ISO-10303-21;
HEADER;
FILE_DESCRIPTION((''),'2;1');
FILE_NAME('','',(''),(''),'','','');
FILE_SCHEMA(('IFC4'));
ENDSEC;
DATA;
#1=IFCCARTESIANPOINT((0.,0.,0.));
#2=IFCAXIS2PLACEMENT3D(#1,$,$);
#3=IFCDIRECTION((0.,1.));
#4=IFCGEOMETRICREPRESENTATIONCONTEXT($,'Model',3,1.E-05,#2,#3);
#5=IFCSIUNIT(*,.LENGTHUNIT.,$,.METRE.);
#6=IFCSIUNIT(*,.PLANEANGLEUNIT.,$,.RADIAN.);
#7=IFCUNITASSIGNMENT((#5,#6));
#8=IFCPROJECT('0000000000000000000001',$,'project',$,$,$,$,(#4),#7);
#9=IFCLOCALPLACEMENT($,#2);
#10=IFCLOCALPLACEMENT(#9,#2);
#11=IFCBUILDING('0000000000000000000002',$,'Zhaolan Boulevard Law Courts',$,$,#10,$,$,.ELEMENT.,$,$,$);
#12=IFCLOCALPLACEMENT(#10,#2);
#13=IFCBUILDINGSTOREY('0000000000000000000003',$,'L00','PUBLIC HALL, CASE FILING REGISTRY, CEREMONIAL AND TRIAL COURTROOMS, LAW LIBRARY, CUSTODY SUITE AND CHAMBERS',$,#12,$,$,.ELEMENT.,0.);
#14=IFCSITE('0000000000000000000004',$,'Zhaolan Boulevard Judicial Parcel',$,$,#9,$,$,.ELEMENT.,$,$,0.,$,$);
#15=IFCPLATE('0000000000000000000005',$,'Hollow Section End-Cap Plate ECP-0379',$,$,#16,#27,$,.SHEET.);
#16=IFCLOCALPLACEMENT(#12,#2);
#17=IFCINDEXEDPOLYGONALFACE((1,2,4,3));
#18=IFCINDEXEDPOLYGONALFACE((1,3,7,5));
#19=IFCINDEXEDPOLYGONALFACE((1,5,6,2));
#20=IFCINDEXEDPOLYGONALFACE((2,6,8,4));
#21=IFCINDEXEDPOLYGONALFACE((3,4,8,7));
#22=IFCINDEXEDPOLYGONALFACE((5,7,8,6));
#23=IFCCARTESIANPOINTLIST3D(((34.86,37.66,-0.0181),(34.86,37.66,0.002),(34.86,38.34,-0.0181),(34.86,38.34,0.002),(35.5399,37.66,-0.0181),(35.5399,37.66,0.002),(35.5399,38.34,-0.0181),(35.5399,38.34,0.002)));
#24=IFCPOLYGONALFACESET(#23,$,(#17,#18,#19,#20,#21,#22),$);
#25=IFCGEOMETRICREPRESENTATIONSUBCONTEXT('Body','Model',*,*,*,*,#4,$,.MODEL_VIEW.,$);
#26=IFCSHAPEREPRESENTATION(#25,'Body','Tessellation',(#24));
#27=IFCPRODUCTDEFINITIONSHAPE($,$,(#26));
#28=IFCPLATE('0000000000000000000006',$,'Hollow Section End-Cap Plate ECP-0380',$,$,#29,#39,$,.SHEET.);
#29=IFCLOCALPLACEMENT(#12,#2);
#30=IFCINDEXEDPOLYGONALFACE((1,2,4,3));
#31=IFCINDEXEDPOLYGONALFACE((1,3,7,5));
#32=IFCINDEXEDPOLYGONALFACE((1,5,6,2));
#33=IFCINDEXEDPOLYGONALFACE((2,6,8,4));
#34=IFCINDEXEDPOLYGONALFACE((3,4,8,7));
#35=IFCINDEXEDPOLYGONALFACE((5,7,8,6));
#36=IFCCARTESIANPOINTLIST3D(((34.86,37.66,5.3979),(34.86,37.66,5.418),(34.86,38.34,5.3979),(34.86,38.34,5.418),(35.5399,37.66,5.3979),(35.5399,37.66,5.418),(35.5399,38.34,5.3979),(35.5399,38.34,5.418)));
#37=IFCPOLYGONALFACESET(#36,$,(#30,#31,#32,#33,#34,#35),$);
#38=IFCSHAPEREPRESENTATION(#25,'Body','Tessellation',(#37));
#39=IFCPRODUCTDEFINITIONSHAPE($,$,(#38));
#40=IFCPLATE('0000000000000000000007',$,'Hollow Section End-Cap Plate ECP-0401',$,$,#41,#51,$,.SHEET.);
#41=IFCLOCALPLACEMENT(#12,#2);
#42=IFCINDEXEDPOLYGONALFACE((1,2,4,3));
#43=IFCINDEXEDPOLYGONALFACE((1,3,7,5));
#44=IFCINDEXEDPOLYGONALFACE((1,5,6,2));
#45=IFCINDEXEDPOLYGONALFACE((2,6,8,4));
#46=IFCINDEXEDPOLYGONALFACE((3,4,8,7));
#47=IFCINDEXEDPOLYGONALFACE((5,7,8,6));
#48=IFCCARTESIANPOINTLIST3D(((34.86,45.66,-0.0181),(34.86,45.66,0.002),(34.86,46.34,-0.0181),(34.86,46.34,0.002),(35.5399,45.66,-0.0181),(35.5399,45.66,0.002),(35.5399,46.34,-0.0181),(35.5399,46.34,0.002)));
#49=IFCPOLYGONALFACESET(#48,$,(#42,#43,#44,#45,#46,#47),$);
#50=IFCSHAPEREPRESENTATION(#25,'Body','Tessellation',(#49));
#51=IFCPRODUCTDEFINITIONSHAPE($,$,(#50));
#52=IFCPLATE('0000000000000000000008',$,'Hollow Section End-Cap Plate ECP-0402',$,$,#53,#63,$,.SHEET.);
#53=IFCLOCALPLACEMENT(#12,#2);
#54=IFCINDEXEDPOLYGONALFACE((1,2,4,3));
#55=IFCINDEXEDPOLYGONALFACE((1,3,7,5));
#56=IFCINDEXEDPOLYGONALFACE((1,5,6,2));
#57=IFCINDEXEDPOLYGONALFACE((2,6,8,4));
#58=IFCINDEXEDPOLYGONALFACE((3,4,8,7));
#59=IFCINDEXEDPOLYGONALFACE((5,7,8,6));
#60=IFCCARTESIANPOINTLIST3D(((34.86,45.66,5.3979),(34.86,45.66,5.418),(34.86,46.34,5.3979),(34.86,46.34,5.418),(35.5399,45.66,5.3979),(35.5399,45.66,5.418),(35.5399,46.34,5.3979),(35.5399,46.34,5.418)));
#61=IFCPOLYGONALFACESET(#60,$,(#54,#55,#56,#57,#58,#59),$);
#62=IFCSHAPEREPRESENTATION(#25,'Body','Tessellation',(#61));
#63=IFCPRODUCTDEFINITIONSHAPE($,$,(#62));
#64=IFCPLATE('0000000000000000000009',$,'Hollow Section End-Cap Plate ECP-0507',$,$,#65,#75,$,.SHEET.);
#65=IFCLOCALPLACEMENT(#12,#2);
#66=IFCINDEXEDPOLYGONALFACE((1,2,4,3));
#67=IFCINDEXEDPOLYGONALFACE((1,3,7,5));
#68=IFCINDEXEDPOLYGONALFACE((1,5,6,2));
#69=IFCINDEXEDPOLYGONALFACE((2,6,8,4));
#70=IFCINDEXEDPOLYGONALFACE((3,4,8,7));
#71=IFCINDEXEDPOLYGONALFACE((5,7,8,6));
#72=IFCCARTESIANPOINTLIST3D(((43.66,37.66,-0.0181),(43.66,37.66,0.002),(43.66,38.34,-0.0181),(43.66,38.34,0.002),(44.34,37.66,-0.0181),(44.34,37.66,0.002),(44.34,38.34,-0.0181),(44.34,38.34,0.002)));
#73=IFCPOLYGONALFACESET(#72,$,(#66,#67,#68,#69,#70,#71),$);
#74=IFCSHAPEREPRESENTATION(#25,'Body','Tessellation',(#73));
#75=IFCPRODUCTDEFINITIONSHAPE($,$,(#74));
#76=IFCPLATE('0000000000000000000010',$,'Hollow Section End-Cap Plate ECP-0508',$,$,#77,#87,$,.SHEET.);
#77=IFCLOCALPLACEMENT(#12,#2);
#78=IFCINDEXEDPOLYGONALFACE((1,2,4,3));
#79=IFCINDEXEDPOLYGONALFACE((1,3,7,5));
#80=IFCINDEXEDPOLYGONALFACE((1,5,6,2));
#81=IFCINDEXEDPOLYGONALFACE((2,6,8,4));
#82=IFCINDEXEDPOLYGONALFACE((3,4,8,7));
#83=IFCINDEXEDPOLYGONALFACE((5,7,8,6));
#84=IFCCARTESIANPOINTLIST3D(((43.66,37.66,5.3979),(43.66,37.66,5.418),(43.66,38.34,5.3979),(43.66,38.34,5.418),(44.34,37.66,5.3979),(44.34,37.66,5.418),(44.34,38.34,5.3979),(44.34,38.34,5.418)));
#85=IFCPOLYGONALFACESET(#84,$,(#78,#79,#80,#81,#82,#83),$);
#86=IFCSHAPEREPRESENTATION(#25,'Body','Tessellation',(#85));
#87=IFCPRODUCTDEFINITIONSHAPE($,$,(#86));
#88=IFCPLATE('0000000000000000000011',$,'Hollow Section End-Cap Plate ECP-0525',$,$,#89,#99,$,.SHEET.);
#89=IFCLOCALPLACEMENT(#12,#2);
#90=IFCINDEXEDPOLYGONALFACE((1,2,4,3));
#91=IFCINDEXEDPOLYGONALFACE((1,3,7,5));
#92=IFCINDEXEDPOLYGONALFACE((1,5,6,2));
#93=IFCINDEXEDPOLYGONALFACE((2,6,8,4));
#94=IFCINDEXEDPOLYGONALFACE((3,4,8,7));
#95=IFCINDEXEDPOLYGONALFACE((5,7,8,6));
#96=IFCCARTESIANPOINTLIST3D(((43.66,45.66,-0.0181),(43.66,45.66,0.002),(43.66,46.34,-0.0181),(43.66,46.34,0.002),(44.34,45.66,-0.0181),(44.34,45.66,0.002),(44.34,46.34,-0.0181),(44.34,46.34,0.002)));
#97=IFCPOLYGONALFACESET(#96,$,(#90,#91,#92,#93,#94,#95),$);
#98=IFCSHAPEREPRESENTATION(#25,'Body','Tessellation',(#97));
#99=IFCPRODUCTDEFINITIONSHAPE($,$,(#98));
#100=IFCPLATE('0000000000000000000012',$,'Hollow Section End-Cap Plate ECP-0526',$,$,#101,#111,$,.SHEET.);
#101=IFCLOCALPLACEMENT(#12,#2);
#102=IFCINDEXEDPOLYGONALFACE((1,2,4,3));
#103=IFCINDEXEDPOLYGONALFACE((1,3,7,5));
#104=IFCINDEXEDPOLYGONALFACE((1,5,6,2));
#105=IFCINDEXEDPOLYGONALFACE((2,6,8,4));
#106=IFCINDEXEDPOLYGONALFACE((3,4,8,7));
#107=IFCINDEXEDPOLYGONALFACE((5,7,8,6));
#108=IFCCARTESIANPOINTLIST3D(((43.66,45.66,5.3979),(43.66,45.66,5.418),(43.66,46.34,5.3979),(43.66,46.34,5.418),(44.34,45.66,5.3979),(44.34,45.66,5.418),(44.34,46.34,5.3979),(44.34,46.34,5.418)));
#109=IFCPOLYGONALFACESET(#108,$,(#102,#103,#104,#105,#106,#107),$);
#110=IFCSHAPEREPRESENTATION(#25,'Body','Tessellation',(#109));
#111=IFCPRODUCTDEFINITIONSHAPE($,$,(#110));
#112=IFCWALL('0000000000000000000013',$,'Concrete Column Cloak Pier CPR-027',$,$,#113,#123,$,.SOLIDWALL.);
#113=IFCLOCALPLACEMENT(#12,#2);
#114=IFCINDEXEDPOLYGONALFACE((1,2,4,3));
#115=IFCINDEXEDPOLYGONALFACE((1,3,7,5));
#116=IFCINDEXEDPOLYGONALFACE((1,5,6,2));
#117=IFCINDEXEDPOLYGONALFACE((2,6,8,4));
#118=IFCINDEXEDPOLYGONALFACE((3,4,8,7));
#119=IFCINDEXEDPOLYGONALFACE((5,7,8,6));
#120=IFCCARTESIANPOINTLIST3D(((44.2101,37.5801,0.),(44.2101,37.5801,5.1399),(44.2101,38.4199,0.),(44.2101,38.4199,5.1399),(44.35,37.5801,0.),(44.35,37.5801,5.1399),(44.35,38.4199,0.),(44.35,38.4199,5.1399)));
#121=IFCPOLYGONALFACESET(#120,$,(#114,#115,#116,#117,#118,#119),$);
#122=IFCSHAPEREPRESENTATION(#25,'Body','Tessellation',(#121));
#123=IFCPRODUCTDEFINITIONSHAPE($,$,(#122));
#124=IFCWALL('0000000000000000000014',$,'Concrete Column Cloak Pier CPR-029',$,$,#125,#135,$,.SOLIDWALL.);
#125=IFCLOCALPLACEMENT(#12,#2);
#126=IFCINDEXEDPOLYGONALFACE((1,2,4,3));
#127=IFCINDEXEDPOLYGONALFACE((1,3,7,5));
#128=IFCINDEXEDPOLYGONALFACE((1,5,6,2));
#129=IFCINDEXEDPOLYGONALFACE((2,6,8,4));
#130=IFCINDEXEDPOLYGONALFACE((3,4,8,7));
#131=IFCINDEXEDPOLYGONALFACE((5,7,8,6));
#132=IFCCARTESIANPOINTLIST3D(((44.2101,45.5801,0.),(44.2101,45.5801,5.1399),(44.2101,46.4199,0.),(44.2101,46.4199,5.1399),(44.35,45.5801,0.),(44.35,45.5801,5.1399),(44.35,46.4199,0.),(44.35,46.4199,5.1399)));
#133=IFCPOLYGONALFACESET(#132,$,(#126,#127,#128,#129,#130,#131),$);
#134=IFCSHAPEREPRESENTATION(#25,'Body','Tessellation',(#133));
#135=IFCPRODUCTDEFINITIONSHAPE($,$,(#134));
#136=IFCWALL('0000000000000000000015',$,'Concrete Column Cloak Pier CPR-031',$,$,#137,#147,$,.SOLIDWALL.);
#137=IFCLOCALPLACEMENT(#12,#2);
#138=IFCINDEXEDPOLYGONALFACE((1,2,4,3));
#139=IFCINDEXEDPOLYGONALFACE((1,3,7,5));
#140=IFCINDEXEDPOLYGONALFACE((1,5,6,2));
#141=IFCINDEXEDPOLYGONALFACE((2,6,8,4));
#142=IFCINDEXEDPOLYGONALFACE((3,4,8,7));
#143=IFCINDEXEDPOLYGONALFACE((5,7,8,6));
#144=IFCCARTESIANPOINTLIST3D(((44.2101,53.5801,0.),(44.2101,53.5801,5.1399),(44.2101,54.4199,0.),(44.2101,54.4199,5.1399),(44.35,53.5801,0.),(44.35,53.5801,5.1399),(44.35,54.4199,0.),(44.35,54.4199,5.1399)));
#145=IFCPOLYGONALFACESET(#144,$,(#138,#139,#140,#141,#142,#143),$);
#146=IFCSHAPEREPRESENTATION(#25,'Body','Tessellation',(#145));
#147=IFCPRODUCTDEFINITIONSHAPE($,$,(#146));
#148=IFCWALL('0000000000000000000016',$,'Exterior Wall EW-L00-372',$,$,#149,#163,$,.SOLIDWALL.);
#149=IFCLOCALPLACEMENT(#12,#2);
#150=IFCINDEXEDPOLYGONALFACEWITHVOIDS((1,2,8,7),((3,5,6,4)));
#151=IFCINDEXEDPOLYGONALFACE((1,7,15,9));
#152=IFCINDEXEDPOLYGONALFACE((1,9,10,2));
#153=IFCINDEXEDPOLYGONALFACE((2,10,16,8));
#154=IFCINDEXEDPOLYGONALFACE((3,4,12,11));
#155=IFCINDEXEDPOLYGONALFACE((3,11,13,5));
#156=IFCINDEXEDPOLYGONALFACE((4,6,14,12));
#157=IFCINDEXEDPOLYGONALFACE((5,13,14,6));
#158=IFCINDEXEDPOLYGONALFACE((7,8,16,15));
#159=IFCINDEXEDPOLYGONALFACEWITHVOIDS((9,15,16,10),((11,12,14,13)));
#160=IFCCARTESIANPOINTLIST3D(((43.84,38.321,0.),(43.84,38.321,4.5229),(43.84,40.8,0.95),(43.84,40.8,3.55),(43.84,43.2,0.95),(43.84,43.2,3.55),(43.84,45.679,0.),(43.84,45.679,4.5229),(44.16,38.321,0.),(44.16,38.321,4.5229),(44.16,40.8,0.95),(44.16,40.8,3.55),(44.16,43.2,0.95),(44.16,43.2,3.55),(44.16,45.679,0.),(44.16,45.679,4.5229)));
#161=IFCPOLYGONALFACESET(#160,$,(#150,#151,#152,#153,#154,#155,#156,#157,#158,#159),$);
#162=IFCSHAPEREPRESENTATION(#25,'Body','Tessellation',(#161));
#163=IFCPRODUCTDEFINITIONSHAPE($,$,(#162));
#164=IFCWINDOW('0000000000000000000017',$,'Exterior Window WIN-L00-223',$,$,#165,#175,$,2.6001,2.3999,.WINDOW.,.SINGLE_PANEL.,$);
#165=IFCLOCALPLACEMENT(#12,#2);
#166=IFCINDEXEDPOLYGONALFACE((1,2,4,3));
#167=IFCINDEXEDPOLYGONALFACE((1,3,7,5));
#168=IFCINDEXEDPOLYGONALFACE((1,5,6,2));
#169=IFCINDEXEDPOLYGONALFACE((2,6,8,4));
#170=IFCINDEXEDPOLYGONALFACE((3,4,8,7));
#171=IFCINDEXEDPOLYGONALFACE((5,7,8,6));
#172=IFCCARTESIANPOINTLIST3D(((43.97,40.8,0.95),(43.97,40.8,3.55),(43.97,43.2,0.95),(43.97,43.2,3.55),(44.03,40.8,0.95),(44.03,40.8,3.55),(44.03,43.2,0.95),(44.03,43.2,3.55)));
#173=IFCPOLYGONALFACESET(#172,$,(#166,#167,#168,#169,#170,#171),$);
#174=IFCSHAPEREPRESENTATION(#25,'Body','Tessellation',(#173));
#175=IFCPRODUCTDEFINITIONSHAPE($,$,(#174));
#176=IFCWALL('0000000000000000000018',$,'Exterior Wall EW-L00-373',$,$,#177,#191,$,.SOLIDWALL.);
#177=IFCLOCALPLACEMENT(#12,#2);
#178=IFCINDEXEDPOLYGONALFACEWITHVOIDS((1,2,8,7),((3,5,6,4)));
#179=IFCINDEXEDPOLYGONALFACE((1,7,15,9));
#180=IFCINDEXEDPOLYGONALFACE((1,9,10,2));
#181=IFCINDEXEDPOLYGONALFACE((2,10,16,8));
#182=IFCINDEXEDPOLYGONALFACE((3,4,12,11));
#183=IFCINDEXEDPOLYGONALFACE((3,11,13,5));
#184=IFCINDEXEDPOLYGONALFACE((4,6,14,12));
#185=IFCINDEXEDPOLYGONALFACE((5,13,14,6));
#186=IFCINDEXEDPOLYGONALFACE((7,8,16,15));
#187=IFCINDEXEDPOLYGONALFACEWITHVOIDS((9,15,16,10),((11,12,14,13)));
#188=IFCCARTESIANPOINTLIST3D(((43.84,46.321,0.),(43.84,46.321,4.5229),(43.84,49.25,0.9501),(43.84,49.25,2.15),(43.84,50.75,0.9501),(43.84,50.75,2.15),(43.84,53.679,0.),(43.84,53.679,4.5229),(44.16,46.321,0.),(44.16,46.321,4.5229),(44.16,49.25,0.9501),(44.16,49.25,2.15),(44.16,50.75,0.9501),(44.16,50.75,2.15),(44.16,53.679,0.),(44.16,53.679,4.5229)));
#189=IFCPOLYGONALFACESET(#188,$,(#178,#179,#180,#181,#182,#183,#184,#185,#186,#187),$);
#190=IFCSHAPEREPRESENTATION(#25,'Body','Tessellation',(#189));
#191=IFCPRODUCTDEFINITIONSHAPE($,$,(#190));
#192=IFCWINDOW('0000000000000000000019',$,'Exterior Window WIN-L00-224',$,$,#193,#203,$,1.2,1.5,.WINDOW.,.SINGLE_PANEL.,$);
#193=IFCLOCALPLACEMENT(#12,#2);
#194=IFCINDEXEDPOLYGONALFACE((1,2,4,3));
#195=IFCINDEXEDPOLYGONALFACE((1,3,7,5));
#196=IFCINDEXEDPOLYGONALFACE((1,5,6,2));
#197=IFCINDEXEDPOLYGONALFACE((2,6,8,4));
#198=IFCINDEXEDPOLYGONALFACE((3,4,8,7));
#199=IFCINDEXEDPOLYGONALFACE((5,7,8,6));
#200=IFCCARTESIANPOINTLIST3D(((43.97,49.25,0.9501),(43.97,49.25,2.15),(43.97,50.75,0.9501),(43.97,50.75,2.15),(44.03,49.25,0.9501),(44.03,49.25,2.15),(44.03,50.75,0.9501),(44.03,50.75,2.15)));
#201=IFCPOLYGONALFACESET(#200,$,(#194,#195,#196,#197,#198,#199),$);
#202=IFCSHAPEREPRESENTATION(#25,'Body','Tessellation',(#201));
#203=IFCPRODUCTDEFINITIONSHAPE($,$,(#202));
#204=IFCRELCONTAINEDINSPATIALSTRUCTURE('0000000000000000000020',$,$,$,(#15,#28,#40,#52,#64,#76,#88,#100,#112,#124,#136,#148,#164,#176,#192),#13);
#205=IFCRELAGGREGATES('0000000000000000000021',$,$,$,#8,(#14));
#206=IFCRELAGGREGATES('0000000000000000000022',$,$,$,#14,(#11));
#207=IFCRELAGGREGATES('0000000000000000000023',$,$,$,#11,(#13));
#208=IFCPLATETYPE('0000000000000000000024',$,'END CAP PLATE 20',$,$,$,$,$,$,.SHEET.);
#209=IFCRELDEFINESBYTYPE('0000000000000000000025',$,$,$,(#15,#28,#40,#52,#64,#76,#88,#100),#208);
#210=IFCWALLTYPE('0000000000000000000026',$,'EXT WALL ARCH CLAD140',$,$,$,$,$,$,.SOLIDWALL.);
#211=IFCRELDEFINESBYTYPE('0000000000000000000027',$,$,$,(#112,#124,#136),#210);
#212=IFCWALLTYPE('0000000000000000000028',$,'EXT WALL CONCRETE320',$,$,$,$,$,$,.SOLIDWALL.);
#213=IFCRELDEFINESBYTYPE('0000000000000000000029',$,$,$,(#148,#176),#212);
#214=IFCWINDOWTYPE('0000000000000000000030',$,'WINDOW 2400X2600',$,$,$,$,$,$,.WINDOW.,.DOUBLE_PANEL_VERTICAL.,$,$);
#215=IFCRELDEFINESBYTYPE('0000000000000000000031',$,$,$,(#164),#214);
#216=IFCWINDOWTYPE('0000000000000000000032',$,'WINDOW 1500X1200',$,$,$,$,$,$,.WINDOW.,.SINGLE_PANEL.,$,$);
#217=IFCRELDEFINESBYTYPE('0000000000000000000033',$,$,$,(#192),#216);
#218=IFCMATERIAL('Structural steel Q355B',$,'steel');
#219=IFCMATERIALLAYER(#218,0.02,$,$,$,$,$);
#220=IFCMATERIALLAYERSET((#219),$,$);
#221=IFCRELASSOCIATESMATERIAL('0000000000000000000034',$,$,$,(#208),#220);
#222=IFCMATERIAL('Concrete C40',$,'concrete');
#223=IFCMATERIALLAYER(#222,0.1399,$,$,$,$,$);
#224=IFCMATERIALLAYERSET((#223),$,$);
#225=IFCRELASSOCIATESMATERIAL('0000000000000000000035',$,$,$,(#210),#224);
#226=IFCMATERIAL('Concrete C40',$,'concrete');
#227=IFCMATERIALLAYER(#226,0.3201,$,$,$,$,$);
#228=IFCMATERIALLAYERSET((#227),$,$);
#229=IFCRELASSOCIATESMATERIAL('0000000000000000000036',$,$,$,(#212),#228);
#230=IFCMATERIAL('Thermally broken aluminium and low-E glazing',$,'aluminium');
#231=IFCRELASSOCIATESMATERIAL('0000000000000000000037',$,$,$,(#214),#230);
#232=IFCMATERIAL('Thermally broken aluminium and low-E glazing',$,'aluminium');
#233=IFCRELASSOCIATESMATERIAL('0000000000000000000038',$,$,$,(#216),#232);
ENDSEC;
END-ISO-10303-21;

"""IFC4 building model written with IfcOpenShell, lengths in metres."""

from ifc_helpers import new_model, si_unit, direction, frame, frame_2d, origin, origin_2d, place, context, subcontext, project, spatial, rectangle, extrude, material, layer, layer_set, type_object, element, fill, save


model = new_model("IFC4")

# Units and contexts
model_context = context("Model", 3, precision=1e-05, world=origin(), true_north=direction((0.0, 1.0)))
body_context = subcontext(model_context, "Body", "Model", "MODEL_VIEW")
ifc_project = project(units=[si_unit("LENGTHUNIT", "METRE"), si_unit("PLANEANGLEUNIT", "RADIAN")], contexts=[model_context])

# Site, building, storey
site_placement = place(None, origin())
site = spatial("IfcSite", under=ifc_project, at=site_placement, Name="Zhaolan Boulevard Judicial Parcel", CompositionType="ELEMENT", RefElevation=0.0)
building_placement = place(site_placement, origin())
building = spatial("IfcBuilding", under=site, at=building_placement, Name="Zhaolan Boulevard Law Courts", CompositionType="ELEMENT")
storey_placement = place(building_placement, origin())
storey = spatial("IfcBuildingStorey", under=building, at=storey_placement, Name="L00", Description="PUBLIC HALL, CASE FILING REGISTRY, CEREMONIAL AND TRIAL COURTROOMS, LAW LIBRARY, CUSTODY SUITE AND CHAMBERS", CompositionType="ELEMENT", Elevation=0.0)

# Plates
ifc_material_1 = material(Name="Structural steel Q355B", Category="steel")
ifc_layer_1 = layer(ifc_material_1, 0.02)
ifc_layer_set_1 = layer_set([ifc_layer_1])
plate_type = type_object("IfcPlateType", Name="END CAP PLATE 20", PredefinedType="SHEET", material=ifc_layer_set_1)
for number, where, z_axis, x_axis, name in (
    (1, (35.2, 38.0, -0.0181), (0.0, 0.0, 1.0), (1.0, 0.0, 0.0), "Hollow Section End-Cap Plate ECP-0379"),
    (2, (35.2, 38.0, 5.3979), (0.0, 0.0, 1.0), (1.0, 0.0, 0.0), "Hollow Section End-Cap Plate ECP-0380"),
    (3, (35.2, 46.0, -0.0181), (0.0, 0.0, 1.0), (1.0, 0.0, 0.0), "Hollow Section End-Cap Plate ECP-0401"),
    (4, (35.2, 46.0, 5.3979), (0.0, 0.0, 1.0), (1.0, 0.0, 0.0), "Hollow Section End-Cap Plate ECP-0402"),
    (5, (44.0, 38.0, -0.0181), (0.0, 0.0, 1.0), (1.0, 0.0, 0.0), "Hollow Section End-Cap Plate ECP-0507"),
    (6, (44.0, 38.0, 5.3979), (0.0, 0.0, 1.0), (1.0, 0.0, 0.0), "Hollow Section End-Cap Plate ECP-0508"),
    (7, (44.0, 46.0, -0.0181), (0.0, 0.0, 1.0), (1.0, 0.0, 0.0), "Hollow Section End-Cap Plate ECP-0525"),
    (8, (44.0, 46.0, 5.3979), (0.0, 0.0, 1.0), (1.0, 0.0, 0.0), "Hollow Section End-Cap Plate ECP-0526"),
):
    element("IfcPlate", number, at=place(storey_placement, frame(where, z_axis=z_axis, x_axis=x_axis)), inside=storey, type_object=plate_type, Name=name, PredefinedType="SHEET", context=body_context, shape_type="SweptSolid", body=[
        extrude(rectangle(XDim=0.6799, YDim=0.6799, at=origin_2d()), origin(), (0.0, 0.0, 1.0), 0.02),
    ])

# Walls
ifc_material_2 = material(Name="Concrete C40", Category="concrete")
ifc_layer_2 = layer(ifc_material_2, 0.1399)
ifc_layer_set_2 = layer_set([ifc_layer_2])
wall_type_1 = type_object("IfcWallType", Name="EXT WALL ARCH CLAD140", PredefinedType="SOLIDWALL", material=ifc_layer_set_2)
for number, where, z_axis, x_axis, name in (
    (9, (44.28, 37.5801, 0.0), (0.0, 0.0, 1.0), (0.0, 1.0, 0.0), "Concrete Column Cloak Pier CPR-027"),
    (10, (44.28, 45.5801, 0.0), (0.0, 0.0, 1.0), (0.0, 1.0, 0.0), "Concrete Column Cloak Pier CPR-029"),
    (11, (44.28, 53.5801, 0.0), (0.0, 0.0, 1.0), (0.0, 1.0, 0.0), "Concrete Column Cloak Pier CPR-031"),
):
    element("IfcWall", number, at=place(storey_placement, frame(where, z_axis=z_axis, x_axis=x_axis)), inside=storey, type_object=wall_type_1, Name=name, PredefinedType="SOLIDWALL", context=body_context, shape_type="SweptSolid", body=[
        extrude(rectangle(XDim=0.8398, YDim=0.1399, at=frame_2d((0.4199, 0.0))), origin(), (0.0, 0.0, 1.0), 5.1399),
    ])

# Walls, openings, windows
ifc_material_3 = material(Name="Concrete C40", Category="concrete")
ifc_layer_3 = layer(ifc_material_3, 0.3201)
ifc_layer_set_3 = layer_set([ifc_layer_3])
wall_type_2 = type_object("IfcWallType", Name="EXT WALL CONCRETE320", PredefinedType="SOLIDWALL", material=ifc_layer_set_3)
wall_1_placement = place(storey_placement, frame((44.0, 38.321, 0.0), z_axis=(0.0, 0.0, 1.0), x_axis=(0.0, 1.0, 0.0)))
wall_1 = element("IfcWall", 12, at=wall_1_placement, inside=storey, type_object=wall_type_2, Name="Exterior Wall EW-L00-372", PredefinedType="SOLIDWALL", context=body_context, shape_type="SweptSolid", body=[
    extrude(rectangle(XDim=7.3579, YDim=0.3201, at=frame_2d((3.679, 0.0))), origin(), (0.0, 0.0, 1.0), 4.5229),
])
opening_1_placement = place(wall_1_placement, frame((2.479, 0.0, 0.95)))
opening_1 = element("IfcOpeningElement", 13, at=opening_1_placement, cuts=wall_1, PredefinedType="OPENING", context=body_context, shape_type="SweptSolid", body=[
    extrude(rectangle(XDim=2.3999, YDim=2.6001, at=frame_2d((1.2, 1.3))), frame((0.0, 0.1699, 0.0), z_axis=(0.0, -1.0, 0.0), x_axis=(1.0, 0.0, 0.0)), (0.0, 0.0, 1.0), 0.3401),
])
ifc_material_4 = material(Name="Thermally broken aluminium and low-E glazing", Category="aluminium")
window_type_1 = type_object("IfcWindowType", Name="WINDOW 2400X2600", PartitioningType="DOUBLE_PANEL_VERTICAL", PredefinedType="WINDOW", material=ifc_material_4)
window_1_placement = place(opening_1_placement, origin())
window_1 = element("IfcWindow", 14, at=window_1_placement, inside=storey, type_object=window_type_1, Name="Exterior Window WIN-L00-223", OverallHeight=2.6001, OverallWidth=2.3999, PartitioningType="SINGLE_PANEL", PredefinedType="WINDOW", context=body_context, shape_type="SweptSolid", body=[
    extrude(rectangle(XDim=2.3999, YDim=2.6001, at=frame_2d((1.2, 1.3))), frame((0.0, 0.03, 0.0), z_axis=(0.0, -1.0, 0.0), x_axis=(1.0, 0.0, 0.0)), (0.0, 0.0, 1.0), 0.0601),
])
fill(opening_1, window_1)
wall_2_placement = place(storey_placement, frame((44.0, 46.321, 0.0), z_axis=(0.0, 0.0, 1.0), x_axis=(0.0, 1.0, 0.0)))
wall_2 = element("IfcWall", 15, at=wall_2_placement, inside=storey, type_object=wall_type_2, Name="Exterior Wall EW-L00-373", PredefinedType="SOLIDWALL", context=body_context, shape_type="SweptSolid", body=[
    extrude(rectangle(XDim=7.3579, YDim=0.3201, at=frame_2d((3.679, 0.0))), origin(), (0.0, 0.0, 1.0), 4.5229),
])
opening_2_placement = place(wall_2_placement, frame((2.929, 0.0, 0.95)))
opening_2 = element("IfcOpeningElement", 16, at=opening_2_placement, cuts=wall_2, PredefinedType="OPENING", context=body_context, shape_type="SweptSolid", body=[
    extrude(rectangle(XDim=1.5, YDim=1.2, at=frame_2d((0.75, 0.6001))), frame((0.0, 0.1699, 0.0), z_axis=(0.0, -1.0, 0.0), x_axis=(1.0, 0.0, 0.0)), (0.0, 0.0, 1.0), 0.3401),
])
ifc_material_5 = material(Name="Thermally broken aluminium and low-E glazing", Category="aluminium")
window_type_2 = type_object("IfcWindowType", Name="WINDOW 1500X1200", PartitioningType="SINGLE_PANEL", PredefinedType="WINDOW", material=ifc_material_5)
window_2_placement = place(opening_2_placement, origin())
window_2 = element("IfcWindow", 17, at=window_2_placement, inside=storey, type_object=window_type_2, Name="Exterior Window WIN-L00-224", OverallHeight=1.2, OverallWidth=1.5, PartitioningType="SINGLE_PANEL", PredefinedType="WINDOW", context=body_context, shape_type="SweptSolid", body=[
    extrude(rectangle(XDim=1.5, YDim=1.2, at=frame_2d((0.75, 0.6001))), frame((0.0, 0.03, 0.0), z_axis=(0.0, -1.0, 0.0), x_axis=(1.0, 0.0, 0.0)), (0.0, 0.0, 1.0), 0.0601),
])
fill(opening_2, window_2)

save(model, "model.ifc")
